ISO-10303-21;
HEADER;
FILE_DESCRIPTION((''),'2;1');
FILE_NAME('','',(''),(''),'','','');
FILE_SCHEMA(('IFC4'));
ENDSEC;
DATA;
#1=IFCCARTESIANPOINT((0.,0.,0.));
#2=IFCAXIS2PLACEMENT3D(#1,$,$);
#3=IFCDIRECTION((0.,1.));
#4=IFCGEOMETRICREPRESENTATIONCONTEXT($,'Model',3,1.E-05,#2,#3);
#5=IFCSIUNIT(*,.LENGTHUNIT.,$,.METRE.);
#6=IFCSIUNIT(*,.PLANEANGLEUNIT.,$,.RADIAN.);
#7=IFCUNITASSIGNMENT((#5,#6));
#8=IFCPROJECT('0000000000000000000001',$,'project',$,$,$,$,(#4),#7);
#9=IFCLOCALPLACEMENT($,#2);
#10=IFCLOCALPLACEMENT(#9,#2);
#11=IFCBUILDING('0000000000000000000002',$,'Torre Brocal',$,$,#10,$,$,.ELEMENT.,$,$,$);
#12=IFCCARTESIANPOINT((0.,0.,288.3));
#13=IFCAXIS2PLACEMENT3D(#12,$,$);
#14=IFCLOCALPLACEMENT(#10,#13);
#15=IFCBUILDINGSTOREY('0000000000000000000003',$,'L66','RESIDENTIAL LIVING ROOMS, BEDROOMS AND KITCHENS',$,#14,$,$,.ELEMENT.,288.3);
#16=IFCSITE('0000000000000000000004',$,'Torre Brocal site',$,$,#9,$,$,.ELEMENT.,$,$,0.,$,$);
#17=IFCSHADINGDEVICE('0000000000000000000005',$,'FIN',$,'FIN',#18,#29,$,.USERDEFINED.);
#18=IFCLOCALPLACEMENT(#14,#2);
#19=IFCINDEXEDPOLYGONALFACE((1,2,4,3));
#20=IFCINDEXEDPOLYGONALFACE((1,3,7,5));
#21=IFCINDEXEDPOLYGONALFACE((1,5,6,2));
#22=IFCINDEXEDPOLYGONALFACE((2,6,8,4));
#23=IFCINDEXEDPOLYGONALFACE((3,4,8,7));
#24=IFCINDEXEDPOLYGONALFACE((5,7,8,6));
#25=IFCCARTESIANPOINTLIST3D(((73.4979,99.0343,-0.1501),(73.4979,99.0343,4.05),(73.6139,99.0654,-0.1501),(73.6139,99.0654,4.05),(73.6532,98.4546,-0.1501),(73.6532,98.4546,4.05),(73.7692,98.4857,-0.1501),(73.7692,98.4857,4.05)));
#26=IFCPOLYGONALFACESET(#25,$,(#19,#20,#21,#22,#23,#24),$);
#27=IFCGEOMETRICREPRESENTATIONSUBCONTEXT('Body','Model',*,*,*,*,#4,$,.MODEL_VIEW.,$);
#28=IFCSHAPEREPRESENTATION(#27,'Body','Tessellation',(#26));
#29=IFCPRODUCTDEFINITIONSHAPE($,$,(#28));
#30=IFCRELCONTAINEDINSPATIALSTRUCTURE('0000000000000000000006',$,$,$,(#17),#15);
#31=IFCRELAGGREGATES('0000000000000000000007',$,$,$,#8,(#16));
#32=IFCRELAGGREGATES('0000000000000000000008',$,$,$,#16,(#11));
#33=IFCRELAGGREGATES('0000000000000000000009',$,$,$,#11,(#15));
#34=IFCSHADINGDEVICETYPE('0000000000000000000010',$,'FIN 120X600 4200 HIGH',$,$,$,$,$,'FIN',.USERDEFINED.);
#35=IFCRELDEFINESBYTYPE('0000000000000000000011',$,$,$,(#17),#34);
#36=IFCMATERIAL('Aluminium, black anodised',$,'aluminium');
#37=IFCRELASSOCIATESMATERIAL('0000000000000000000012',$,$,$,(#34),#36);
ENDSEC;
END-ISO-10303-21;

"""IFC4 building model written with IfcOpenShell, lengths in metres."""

from ifc_helpers import new_model, si_unit, direction, frame, origin, origin_2d, place, context, subcontext, project, spatial, rectangle, extrude, material, material_profile, profile_set, type_object, element, save


model = new_model("IFC4")

# Units and contexts
model_context = context("Model", 3, precision=1e-05, world=origin(), true_north=direction((0.0, 1.0)))
body_context = subcontext(model_context, "Body", "Model", "MODEL_VIEW")
ifc_project = project(units=[si_unit("LENGTHUNIT", "METRE"), si_unit("PLANEANGLEUNIT", "RADIAN")], contexts=[model_context])

# Site, building, storey
site_placement = place(None, origin())
site = spatial("IfcSite", under=ifc_project, at=site_placement, Name="Torre Brocal site", CompositionType="ELEMENT", RefElevation=0.0)
building_placement = place(site_placement, origin())
building = spatial("IfcBuilding", under=site, at=building_placement, Name="Torre Brocal", CompositionType="ELEMENT")
storey_placement = place(building_placement, frame((0.0, 0.0, 288.3)))
storey = spatial("IfcBuildingStorey", under=building, at=storey_placement, Name="L66", Description="RESIDENTIAL LIVING ROOMS, BEDROOMS AND KITCHENS", CompositionType="ELEMENT", Elevation=288.3)

# Shading device
ifc_material_1 = material(Name="Aluminium, black anodised", Category="aluminium")
ifc_material_profile_1 = material_profile(ifc_material_1, rectangle(XDim=0.1201, YDim=0.6001, at=origin_2d()), Name="FIN 120X600 4200 HIGH")
ifc_profile_set_1 = profile_set([ifc_material_profile_1], Name="Aluminium, black anodised")
shading_device_type = type_object("IfcShadingDeviceType", Name="FIN 120X600 4200 HIGH", ElementType="FIN", PredefinedType="USERDEFINED", material=ifc_profile_set_1)
shading_device_placement = place(storey_placement, frame((73.6335, 98.76, -0.1501), z_axis=(0.0, 0.0, 1.0), x_axis=(-0.965926, -0.258819, 0.0)))
element("IfcShadingDevice", 1, at=shading_device_placement, inside=storey, type_object=shading_device_type, Name="FIN", ObjectType="FIN", PredefinedType="USERDEFINED", context=body_context, shape_type="SweptSolid", body=[
    extrude(rectangle(XDim=0.1201, YDim=0.6001, at=origin_2d()), origin(), (0.0, 0.0, 1.0), 4.2002),
])

save(model, "model.ifc")
